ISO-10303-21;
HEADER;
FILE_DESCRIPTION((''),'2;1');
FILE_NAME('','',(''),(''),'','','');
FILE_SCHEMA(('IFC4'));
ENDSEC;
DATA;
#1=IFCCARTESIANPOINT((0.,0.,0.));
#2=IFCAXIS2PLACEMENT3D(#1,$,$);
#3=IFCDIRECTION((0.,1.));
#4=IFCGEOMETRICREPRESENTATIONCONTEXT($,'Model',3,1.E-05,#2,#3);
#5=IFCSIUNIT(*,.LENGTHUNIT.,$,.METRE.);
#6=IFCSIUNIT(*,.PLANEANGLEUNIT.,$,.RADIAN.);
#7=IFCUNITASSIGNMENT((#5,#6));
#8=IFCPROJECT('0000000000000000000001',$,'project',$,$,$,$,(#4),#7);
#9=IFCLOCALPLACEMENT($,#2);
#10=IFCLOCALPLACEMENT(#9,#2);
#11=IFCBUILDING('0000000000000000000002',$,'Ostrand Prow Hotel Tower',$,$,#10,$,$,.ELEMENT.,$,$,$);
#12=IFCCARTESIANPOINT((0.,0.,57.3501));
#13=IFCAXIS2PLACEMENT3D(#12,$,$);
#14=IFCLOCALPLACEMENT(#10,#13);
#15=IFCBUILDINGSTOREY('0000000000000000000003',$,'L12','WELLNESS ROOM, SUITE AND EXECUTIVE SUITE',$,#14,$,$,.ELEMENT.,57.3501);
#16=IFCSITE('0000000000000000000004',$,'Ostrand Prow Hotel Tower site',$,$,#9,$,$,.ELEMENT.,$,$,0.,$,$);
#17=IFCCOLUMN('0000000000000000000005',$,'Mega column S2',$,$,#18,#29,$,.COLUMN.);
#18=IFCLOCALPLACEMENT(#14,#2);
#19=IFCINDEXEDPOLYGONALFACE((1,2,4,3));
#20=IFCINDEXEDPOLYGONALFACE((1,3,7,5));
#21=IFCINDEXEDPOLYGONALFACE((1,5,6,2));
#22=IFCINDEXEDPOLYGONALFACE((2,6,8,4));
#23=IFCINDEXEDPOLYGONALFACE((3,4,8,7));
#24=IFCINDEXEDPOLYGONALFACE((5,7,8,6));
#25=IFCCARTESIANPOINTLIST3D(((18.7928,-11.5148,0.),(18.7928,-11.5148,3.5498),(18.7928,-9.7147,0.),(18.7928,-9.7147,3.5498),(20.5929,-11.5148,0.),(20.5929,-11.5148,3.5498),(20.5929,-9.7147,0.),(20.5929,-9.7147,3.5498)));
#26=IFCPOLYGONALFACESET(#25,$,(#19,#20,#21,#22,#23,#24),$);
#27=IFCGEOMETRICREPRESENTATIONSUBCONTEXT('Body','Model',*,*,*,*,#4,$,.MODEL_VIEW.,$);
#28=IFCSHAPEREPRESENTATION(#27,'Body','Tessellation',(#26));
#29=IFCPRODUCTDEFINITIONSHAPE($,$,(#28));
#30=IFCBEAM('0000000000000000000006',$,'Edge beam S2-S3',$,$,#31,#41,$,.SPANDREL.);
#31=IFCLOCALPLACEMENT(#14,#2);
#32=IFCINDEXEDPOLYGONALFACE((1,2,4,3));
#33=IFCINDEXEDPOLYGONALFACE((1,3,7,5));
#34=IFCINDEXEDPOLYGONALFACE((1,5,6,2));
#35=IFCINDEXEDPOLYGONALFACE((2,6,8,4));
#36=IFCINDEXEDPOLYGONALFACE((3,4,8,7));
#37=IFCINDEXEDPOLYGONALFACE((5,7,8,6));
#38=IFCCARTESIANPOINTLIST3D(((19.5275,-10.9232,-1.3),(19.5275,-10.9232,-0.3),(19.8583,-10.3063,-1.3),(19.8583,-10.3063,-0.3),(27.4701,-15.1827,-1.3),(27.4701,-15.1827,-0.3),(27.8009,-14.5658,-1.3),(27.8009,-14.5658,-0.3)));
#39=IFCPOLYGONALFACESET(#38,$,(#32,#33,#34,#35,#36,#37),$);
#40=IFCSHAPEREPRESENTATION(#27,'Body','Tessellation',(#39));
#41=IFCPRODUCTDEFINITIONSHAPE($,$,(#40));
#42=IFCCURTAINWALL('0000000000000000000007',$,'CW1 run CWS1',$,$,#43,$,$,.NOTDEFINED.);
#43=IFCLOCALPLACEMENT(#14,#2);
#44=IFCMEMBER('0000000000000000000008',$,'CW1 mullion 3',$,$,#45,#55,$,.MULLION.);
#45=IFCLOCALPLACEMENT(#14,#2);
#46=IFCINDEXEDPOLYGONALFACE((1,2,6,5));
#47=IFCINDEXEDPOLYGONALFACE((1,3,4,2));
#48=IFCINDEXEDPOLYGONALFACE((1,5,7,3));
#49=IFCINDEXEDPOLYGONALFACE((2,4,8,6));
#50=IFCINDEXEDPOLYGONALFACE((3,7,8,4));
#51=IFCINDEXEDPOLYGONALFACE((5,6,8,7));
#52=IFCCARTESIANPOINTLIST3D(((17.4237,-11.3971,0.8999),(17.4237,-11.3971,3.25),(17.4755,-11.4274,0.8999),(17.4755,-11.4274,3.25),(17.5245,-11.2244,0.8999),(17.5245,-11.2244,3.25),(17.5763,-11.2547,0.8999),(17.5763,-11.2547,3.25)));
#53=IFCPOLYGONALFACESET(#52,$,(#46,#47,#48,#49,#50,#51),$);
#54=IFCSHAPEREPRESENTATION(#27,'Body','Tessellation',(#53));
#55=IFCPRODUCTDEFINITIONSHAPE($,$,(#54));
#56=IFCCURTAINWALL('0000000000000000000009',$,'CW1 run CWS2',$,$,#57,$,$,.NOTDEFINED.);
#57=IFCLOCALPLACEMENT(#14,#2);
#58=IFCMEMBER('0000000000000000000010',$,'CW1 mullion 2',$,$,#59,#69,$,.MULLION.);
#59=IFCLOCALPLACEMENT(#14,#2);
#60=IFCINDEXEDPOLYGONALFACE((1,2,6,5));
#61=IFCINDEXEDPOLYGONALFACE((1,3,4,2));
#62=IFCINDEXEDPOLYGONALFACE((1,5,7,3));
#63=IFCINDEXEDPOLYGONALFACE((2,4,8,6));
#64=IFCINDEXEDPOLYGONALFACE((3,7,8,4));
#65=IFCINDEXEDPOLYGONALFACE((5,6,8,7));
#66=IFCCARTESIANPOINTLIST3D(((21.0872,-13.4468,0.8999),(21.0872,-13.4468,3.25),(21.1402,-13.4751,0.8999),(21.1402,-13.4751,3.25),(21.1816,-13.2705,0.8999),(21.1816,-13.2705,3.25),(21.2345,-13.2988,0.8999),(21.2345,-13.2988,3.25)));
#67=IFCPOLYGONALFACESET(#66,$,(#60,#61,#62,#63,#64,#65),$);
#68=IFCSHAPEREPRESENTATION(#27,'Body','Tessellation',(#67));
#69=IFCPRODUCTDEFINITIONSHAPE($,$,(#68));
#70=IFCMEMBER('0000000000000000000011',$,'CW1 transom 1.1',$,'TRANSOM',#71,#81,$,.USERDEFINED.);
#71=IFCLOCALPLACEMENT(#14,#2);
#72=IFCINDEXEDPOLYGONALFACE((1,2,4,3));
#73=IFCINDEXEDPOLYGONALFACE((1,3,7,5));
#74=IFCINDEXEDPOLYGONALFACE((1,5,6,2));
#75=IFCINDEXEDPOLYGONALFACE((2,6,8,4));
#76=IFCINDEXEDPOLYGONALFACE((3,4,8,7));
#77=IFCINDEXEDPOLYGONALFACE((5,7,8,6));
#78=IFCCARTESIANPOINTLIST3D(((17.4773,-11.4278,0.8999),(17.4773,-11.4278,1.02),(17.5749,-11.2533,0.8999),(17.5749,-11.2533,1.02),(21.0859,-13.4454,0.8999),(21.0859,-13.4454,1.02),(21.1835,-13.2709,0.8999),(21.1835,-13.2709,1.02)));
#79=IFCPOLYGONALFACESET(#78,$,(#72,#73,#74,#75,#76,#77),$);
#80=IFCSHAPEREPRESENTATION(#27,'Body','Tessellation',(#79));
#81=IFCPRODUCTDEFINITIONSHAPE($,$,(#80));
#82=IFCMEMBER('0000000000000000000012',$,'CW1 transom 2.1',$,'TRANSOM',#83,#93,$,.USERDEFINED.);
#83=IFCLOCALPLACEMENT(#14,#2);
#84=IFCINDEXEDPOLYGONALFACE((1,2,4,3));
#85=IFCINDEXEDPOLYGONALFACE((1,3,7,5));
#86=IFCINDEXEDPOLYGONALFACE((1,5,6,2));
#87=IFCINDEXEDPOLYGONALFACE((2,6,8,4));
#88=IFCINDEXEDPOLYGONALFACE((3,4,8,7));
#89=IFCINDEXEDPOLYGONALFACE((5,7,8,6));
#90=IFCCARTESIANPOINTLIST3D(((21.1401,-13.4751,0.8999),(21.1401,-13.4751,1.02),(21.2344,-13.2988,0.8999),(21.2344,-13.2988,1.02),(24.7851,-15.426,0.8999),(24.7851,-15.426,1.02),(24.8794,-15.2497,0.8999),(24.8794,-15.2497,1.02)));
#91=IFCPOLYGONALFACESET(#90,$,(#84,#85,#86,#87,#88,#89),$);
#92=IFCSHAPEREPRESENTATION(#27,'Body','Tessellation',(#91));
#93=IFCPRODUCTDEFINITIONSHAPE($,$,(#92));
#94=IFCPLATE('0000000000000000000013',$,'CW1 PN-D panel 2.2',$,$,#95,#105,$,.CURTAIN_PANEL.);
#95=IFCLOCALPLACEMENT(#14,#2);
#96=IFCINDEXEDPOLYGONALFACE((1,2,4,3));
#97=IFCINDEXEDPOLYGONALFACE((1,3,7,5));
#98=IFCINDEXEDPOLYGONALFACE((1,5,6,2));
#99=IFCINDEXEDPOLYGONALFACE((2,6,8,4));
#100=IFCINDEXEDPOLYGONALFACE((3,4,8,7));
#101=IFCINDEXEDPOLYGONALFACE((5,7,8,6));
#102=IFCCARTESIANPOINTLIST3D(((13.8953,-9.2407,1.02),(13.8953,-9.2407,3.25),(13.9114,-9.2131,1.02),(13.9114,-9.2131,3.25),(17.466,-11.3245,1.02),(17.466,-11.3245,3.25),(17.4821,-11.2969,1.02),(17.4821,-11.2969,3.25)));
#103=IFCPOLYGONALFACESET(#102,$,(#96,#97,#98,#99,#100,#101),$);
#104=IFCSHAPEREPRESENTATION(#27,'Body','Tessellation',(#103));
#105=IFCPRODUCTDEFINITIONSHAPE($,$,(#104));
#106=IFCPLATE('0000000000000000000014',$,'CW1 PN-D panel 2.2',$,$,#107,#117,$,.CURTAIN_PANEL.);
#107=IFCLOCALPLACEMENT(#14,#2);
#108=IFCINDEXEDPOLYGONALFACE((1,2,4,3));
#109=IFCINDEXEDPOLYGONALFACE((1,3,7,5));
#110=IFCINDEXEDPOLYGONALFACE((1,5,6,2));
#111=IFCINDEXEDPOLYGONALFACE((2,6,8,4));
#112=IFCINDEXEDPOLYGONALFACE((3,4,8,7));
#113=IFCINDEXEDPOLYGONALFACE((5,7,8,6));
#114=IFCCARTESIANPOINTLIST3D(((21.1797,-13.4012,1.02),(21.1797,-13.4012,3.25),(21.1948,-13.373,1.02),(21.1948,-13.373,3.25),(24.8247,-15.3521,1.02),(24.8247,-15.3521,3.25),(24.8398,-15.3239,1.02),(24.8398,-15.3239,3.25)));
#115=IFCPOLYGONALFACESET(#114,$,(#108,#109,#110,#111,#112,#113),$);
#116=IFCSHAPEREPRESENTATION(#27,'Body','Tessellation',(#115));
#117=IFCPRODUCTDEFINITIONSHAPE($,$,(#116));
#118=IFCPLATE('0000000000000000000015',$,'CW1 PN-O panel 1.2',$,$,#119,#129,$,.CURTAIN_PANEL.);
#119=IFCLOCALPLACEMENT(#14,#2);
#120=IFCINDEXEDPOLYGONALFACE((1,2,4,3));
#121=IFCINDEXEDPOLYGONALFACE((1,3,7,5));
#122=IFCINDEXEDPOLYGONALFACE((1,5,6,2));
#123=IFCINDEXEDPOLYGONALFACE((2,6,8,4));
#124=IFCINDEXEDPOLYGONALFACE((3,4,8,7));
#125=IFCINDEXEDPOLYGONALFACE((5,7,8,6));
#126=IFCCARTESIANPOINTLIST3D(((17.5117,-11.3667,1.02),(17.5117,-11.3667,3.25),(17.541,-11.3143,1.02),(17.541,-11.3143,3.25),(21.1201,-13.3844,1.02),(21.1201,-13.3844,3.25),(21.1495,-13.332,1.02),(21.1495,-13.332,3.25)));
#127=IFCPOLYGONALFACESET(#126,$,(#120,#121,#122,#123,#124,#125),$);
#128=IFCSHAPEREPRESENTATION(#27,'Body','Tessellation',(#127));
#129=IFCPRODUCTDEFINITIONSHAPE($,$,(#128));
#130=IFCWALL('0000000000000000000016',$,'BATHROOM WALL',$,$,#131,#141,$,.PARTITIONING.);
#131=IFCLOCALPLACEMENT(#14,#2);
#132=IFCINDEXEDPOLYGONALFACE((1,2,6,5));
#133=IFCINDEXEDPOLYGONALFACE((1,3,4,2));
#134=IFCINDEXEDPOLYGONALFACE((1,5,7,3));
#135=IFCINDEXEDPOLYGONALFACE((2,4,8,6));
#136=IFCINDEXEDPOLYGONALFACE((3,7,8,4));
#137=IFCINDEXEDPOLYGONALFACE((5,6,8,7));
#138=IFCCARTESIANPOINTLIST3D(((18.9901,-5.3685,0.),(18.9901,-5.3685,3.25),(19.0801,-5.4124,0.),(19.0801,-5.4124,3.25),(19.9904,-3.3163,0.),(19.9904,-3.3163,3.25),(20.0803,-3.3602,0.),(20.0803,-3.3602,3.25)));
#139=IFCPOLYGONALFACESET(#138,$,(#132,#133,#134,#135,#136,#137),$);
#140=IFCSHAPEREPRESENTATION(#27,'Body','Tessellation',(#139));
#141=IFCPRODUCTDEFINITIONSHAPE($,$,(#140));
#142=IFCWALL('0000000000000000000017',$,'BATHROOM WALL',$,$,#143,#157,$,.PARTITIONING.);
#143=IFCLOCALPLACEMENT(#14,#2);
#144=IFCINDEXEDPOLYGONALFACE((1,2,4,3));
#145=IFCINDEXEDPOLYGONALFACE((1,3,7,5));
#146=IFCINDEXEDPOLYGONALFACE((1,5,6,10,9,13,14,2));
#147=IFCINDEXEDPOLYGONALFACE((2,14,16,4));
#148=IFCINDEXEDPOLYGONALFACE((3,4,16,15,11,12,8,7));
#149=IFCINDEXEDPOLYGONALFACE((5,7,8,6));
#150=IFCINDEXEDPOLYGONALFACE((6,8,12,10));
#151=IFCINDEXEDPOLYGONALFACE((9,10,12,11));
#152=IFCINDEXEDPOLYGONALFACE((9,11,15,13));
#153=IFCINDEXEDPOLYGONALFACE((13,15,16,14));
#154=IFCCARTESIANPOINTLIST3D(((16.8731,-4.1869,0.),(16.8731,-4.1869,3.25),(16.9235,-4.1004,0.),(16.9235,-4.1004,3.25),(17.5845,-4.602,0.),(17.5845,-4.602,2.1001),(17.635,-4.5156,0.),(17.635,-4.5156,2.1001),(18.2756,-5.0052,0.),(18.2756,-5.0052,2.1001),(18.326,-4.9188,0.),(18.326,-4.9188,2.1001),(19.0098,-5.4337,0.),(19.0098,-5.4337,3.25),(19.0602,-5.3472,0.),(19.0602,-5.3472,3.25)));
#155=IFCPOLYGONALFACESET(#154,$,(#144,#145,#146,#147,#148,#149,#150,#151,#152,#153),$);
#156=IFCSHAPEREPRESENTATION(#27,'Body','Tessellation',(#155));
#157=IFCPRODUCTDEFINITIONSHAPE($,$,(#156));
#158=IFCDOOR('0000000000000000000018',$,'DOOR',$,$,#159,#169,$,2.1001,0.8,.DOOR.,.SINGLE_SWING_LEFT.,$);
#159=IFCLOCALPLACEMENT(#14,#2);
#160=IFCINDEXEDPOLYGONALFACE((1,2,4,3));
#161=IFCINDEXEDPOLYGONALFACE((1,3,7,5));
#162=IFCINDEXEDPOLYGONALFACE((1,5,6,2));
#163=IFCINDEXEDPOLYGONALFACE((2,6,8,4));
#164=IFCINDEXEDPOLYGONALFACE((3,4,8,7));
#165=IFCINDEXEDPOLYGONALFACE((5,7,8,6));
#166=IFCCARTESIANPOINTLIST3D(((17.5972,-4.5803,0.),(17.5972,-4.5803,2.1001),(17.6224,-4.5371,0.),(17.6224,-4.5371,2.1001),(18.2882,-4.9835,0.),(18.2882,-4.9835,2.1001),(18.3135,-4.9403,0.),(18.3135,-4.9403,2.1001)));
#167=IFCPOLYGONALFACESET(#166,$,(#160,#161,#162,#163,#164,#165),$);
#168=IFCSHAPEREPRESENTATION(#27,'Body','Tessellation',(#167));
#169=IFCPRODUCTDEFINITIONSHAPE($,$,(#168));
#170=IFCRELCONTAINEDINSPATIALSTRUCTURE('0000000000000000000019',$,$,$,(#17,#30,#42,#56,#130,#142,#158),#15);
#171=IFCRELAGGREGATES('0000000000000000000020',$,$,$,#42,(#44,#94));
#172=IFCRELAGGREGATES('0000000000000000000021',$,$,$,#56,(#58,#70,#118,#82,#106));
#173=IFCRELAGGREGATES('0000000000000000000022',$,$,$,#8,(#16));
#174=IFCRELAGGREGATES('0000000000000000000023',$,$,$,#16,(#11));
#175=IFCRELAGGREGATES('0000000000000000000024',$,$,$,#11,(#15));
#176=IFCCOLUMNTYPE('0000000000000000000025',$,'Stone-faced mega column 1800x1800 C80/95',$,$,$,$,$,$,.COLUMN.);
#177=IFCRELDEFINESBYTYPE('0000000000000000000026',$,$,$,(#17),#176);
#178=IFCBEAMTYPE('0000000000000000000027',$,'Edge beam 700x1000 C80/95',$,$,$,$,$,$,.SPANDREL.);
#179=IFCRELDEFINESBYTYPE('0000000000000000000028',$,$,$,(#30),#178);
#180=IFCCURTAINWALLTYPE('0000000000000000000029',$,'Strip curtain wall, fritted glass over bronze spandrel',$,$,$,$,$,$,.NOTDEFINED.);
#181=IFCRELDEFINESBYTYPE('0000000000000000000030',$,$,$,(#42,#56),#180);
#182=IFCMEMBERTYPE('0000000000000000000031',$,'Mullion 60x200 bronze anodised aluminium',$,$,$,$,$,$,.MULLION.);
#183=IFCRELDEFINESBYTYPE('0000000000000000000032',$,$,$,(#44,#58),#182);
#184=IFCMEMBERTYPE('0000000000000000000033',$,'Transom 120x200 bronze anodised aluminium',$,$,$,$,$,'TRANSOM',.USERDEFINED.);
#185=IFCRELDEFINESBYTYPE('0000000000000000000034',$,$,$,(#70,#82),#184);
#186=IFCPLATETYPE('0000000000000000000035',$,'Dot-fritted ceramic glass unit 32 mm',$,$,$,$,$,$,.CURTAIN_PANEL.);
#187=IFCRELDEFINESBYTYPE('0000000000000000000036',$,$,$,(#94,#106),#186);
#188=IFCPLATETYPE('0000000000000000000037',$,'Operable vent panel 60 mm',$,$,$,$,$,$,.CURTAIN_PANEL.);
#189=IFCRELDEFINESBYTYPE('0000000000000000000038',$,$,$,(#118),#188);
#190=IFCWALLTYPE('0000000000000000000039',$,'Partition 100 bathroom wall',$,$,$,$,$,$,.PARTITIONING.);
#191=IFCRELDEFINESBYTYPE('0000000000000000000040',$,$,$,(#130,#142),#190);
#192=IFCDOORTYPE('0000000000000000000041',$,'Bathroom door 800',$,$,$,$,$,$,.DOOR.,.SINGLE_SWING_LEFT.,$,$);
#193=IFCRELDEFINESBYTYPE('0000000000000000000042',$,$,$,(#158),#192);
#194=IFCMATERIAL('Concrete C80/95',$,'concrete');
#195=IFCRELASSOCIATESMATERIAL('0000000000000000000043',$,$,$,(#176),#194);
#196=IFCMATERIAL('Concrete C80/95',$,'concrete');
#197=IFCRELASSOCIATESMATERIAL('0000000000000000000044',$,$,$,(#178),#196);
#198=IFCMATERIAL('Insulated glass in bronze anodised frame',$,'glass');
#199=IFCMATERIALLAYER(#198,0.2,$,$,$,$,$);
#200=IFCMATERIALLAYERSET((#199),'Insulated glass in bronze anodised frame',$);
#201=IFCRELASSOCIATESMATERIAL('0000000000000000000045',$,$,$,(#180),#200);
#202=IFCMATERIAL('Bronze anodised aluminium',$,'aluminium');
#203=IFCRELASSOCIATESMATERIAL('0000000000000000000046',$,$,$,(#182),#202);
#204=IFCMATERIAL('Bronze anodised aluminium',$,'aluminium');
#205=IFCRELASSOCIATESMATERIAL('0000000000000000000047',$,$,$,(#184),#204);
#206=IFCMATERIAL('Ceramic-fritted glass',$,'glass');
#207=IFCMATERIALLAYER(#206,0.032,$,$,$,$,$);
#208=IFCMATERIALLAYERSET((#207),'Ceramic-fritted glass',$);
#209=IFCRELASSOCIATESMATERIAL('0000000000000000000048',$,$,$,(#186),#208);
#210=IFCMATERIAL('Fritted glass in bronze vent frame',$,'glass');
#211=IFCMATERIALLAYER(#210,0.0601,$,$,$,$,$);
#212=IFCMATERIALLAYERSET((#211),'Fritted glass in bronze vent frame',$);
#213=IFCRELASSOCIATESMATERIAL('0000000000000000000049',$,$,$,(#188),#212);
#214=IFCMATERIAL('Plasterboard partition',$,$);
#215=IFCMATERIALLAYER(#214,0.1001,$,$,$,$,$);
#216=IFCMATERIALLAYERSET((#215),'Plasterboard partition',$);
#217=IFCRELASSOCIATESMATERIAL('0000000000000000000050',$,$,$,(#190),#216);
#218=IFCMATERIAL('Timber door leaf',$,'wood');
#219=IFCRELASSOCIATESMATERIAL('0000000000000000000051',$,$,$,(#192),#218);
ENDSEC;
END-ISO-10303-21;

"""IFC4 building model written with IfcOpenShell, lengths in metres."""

from ifc_helpers import new_model, si_unit, direction, frame, frame_2d, origin, origin_2d, place, context, subcontext, project, spatial, rectangle, extrude, material, layer, layer_set, material_profile, profile_set, type_object, element, fill, aggregate, save


model = new_model("IFC4")

# Units and contexts
model_context = context("Model", 3, precision=1e-05, world=origin(), true_north=direction((0.0, 1.0)))
body_context = subcontext(model_context, "Body", "Model", "MODEL_VIEW")
ifc_project = project(units=[si_unit("LENGTHUNIT", "METRE"), si_unit("PLANEANGLEUNIT", "RADIAN")], contexts=[model_context])

# Site, building, storey
site_placement = place(None, origin())
site = spatial("IfcSite", under=ifc_project, at=site_placement, Name="Ostrand Prow Hotel Tower site", CompositionType="ELEMENT", RefElevation=0.0)
building_placement = place(site_placement, origin())
building = spatial("IfcBuilding", under=site, at=building_placement, Name="Ostrand Prow Hotel Tower", CompositionType="ELEMENT")
storey_placement = place(building_placement, frame((0.0, 0.0, 57.3501)))
storey = spatial("IfcBuildingStorey", under=building, at=storey_placement, Name="L12", Description="WELLNESS ROOM, SUITE AND EXECUTIVE SUITE", CompositionType="ELEMENT", Elevation=57.3501)

# Column
ifc_material_1 = material(Name="Concrete C80/95", Category="concrete")
ifc_material_profile_1 = material_profile(ifc_material_1, rectangle(XDim=1.8, YDim=1.8, at=origin_2d()), Name="RC 1800x1800")
ifc_profile_set_1 = profile_set([ifc_material_profile_1], Name="Concrete C80/95")
column_type = type_object("IfcColumnType", Name="Stone-faced mega column 1800x1800 C80/95", PredefinedType="COLUMN", material=ifc_profile_set_1)
column_placement = place(storey_placement, frame((19.6929, -10.6147, 0.0), z_axis=(0.0, 0.0, 1.0), x_axis=(1.0, 0.0, 0.0)))
element("IfcColumn", 1, at=column_placement, inside=storey, type_object=column_type, Name="Mega column S2", PredefinedType="COLUMN", context=body_context, shape_type="SweptSolid", body=[
    extrude(rectangle(XDim=1.8, YDim=1.8, at=origin_2d()), origin(), (0.0, 0.0, 1.0), 3.5498),
])

# Beam
ifc_material_2 = material(Name="Concrete C80/95", Category="concrete")
ifc_material_profile_2 = material_profile(ifc_material_2, rectangle(XDim=0.7, YDim=1.0, at=origin_2d()), Name="RC 700x1000")
ifc_profile_set_2 = profile_set([ifc_material_profile_2], Name="Concrete C80/95")
beam_type = type_object("IfcBeamType", Name="Edge beam 700x1000 C80/95", PredefinedType="SPANDREL", material=ifc_profile_set_2)
beam_placement = place(storey_placement, frame((19.6929, -10.6147, -0.8), z_axis=(0.88127, -0.472613, 0.0), x_axis=(0.472613, 0.88127, 0.0)))
element("IfcBeam", 2, at=beam_placement, inside=storey, type_object=beam_type, Name="Edge beam S2-S3", PredefinedType="SPANDREL", context=body_context, shape_type="SweptSolid", body=[
    extrude(rectangle(XDim=0.7, YDim=1.0, at=origin_2d()), origin(), (0.0, 0.0, 1.0), 9.0127),
])

# Curtain wall, member
ifc_material_3 = material(Name="Insulated glass in bronze anodised frame", Category="glass")
ifc_layer_1 = layer(ifc_material_3, 0.2)
ifc_layer_set_1 = layer_set([ifc_layer_1], Name="Insulated glass in bronze anodised frame")
curtain_wall_type = type_object("IfcCurtainWallType", Name="Strip curtain wall, fritted glass over bronze spandrel", PredefinedType="NOTDEFINED", material=ifc_layer_set_1)
curtain_wall_1_placement = place(storey_placement, origin())
curtain_wall_1 = element("IfcCurtainWall", 3, at=curtain_wall_1_placement, inside=storey, type_object=curtain_wall_type, Name="CW1 run CWS1", PredefinedType="NOTDEFINED")
ifc_material_4 = material(Name="Bronze anodised aluminium", Category="aluminium")
ifc_material_profile_3 = material_profile(ifc_material_4, rectangle(XDim=0.2, YDim=0.0601, at=origin_2d()), Name="Mullion 60x200 bronze anodised aluminium")
ifc_profile_set_3 = profile_set([ifc_material_profile_3], Name="Bronze anodised aluminium")
member_type_1 = type_object("IfcMemberType", Name="Mullion 60x200 bronze anodised aluminium", PredefinedType="MULLION", material=ifc_profile_set_3)
member_1_placement = place(storey_placement, frame((17.5, -11.3259, 0.8999), z_axis=(0.0, 0.0, 1.0), x_axis=(0.504023, 0.86369, 0.0)))
member_1 = element("IfcMember", 4, at=member_1_placement, type_object=member_type_1, Name="CW1 mullion 3", PredefinedType="MULLION", context=body_context, shape_type="SweptSolid", body=[
    extrude(rectangle(XDim=0.2, YDim=0.0601, at=origin_2d()), origin(), (0.0, 0.0, 1.0), 2.3501),
])

# Curtain wall, members
curtain_wall_2_placement = place(storey_placement, origin())
curtain_wall_2 = element("IfcCurtainWall", 5, at=curtain_wall_2_placement, inside=storey, type_object=curtain_wall_type, Name="CW1 run CWS2", PredefinedType="NOTDEFINED")
member_2_placement = place(storey_placement, frame((21.1609, -13.3728, 0.8999), z_axis=(0.0, 0.0, 1.0), x_axis=(0.4719, 0.881652, 0.0)))
member_2 = element("IfcMember", 6, at=member_2_placement, type_object=member_type_1, Name="CW1 mullion 2", PredefinedType="MULLION", context=body_context, shape_type="SweptSolid", body=[
    extrude(rectangle(XDim=0.2, YDim=0.0601, at=origin_2d()), origin(), (0.0, 0.0, 1.0), 2.3501),
])
ifc_material_5 = material(Name="Bronze anodised aluminium", Category="aluminium")
ifc_material_profile_4 = material_profile(ifc_material_5, rectangle(XDim=0.2, YDim=0.1201, at=origin_2d()), Name="Transom 120x200 bronze anodised aluminium")
ifc_profile_set_4 = profile_set([ifc_material_profile_4], Name="Bronze anodised aluminium")
member_type_2 = type_object("IfcMemberType", Name="Transom 120x200 bronze anodised aluminium", ElementType="TRANSOM", PredefinedType="USERDEFINED", material=ifc_profile_set_4)
member_3_placement = place(storey_placement, frame((17.5261, -11.3406, 0.96), z_axis=(0.872842, -0.488003, 0.0), x_axis=(0.488003, 0.872842, 0.0)))
member_3 = element("IfcMember", 7, at=member_3_placement, type_object=member_type_2, Name="CW1 transom 1.1", ObjectType="TRANSOM", PredefinedType="USERDEFINED", context=body_context, shape_type="SweptSolid", body=[
    extrude(rectangle(XDim=0.2, YDim=0.1201, at=origin_2d()), origin(), (0.0, 0.0, 1.0), 4.1343),
])
member_4_placement = place(storey_placement, frame((21.1873, -13.387, 0.96), z_axis=(0.881657, -0.47189, 0.0), x_axis=(0.47189, 0.881657, 0.0)))
member_4 = element("IfcMember", 8, at=member_4_placement, type_object=member_type_2, Name="CW1 transom 2.1", ObjectType="TRANSOM", PredefinedType="USERDEFINED", context=body_context, shape_type="SweptSolid", body=[
    extrude(rectangle(XDim=0.2, YDim=0.1201, at=origin_2d()), origin(), (0.0, 0.0, 1.0), 4.1343),
])

# Plates
ifc_material_6 = material(Name="Ceramic-fritted glass", Category="glass")
ifc_layer_2 = layer(ifc_material_6, 0.032)
ifc_layer_set_2 = layer_set([ifc_layer_2], Name="Ceramic-fritted glass")
plate_type_1 = type_object("IfcPlateType", Name="Dot-fritted ceramic glass unit 32 mm", PredefinedType="CURTAIN_PANEL", material=ifc_layer_set_2)
plate_1_placement = place(storey_placement, frame((15.6887, -10.2688, 1.02), z_axis=(0.0, 0.0, 1.0), x_axis=(0.86369, -0.504023, 0.0)))
plate_1 = element("IfcPlate", 9, at=plate_1_placement, type_object=plate_type_1, Name="CW1 PN-D panel 2.2", PredefinedType="CURTAIN_PANEL", context=body_context, shape_type="SweptSolid", body=[
    extrude(rectangle(XDim=4.1343, YDim=0.032, at=origin_2d()), origin(), (0.0, 0.0, 1.0), 2.23),
])
aggregate(curtain_wall_1, [member_1, plate_1])
plate_2_placement = place(storey_placement, frame((23.0098, -14.3625, 1.02), z_axis=(0.0, 0.0, 1.0), x_axis=(0.881652, -0.4719, 0.0)))
plate_2 = element("IfcPlate", 10, at=plate_2_placement, type_object=plate_type_1, Name="CW1 PN-D panel 2.2", PredefinedType="CURTAIN_PANEL", context=body_context, shape_type="SweptSolid", body=[
    extrude(rectangle(XDim=4.1343, YDim=0.032, at=origin_2d()), origin(), (0.0, 0.0, 1.0), 2.23),
])
ifc_material_7 = material(Name="Fritted glass in bronze vent frame", Category="glass")
ifc_layer_3 = layer(ifc_material_7, 0.0601)
ifc_layer_set_3 = layer_set([ifc_layer_3], Name="Fritted glass in bronze vent frame")
plate_type_2 = type_object("IfcPlateType", Name="Operable vent panel 60 mm", PredefinedType="CURTAIN_PANEL", material=ifc_layer_set_3)
plate_3_placement = place(storey_placement, frame((19.3306, -12.3494, 1.02), z_axis=(0.0, 0.0, 1.0), x_axis=(0.872819, -0.488044, 0.0)))
plate_3 = element("IfcPlate", 11, at=plate_3_placement, type_object=plate_type_2, Name="CW1 PN-O panel 1.2", PredefinedType="CURTAIN_PANEL", context=body_context, shape_type="SweptSolid", body=[
    extrude(rectangle(XDim=4.1343, YDim=0.0601, at=origin_2d()), origin(), (0.0, 0.0, 1.0), 2.23),
])
aggregate(curtain_wall_2, [member_2, member_3, plate_3, member_4, plate_2])

# Wall
ifc_material_8 = material(Name="Plasterboard partition")
ifc_layer_4 = layer(ifc_material_8, 0.1001)
ifc_layer_set_4 = layer_set([ifc_layer_4], Name="Plasterboard partition")
wall_type_1 = type_object("IfcWallType", Name="Partition 100 bathroom wall", PredefinedType="PARTITIONING", material=ifc_layer_set_4)
wall_1_placement = place(storey_placement, frame((20.0354, -3.3381, 0.0), z_axis=(0.0, 0.0, 1.0), x_axis=(-0.438122, -0.898915, 0.0)))
element("IfcWall", 12, at=wall_1_placement, inside=storey, type_object=wall_type_1, Name="BATHROOM WALL", PredefinedType="PARTITIONING", context=body_context, shape_type="SweptSolid", body=[
    extrude(rectangle(XDim=2.283, YDim=0.1001, at=frame_2d((1.1416, 0.0))), origin(), (0.0, 0.0, 1.0), 3.25),
])

# Wall, opening, door
wall_2_placement = place(storey_placement, frame((19.0349, -5.3904, 0.0), z_axis=(0.0, 0.0, 1.0), x_axis=(-0.863707, 0.503994, 0.0)))
wall_2 = element("IfcWall", 13, at=wall_2_placement, inside=storey, type_object=wall_type_1, Name="BATHROOM WALL", PredefinedType="PARTITIONING", context=body_context, shape_type="SweptSolid", body=[
    extrude(rectangle(XDim=2.4739, YDim=0.1001, at=frame_2d((1.2368, 0.0))), origin(), (0.0, 0.0, 1.0), 3.25),
])
opening_1_placement = place(wall_2_placement, frame((0.8501, 0.0, 0.0)))
opening_1 = element("IfcOpeningElement", 14, at=opening_1_placement, cuts=wall_2, PredefinedType="OPENING", context=body_context, shape_type="SweptSolid", body=[
    extrude(rectangle(XDim=0.8, YDim=2.1001, at=frame_2d((0.3999, 1.05))), frame((0.0, 0.0601, 0.0), z_axis=(0.0, -1.0, 0.0), x_axis=(1.0, 0.0, 0.0)), (0.0, 0.0, 1.0), 0.1201),
])
ifc_material_9 = material(Name="Timber door leaf", Category="wood")
door_type_1 = type_object("IfcDoorType", Name="Bathroom door 800", OperationType="SINGLE_SWING_LEFT", PredefinedType="DOOR", material=ifc_material_9)
door_1_placement = place(opening_1_placement, origin())
door_1 = element("IfcDoor", 15, at=door_1_placement, inside=storey, type_object=door_type_1, Name="DOOR", OperationType="SINGLE_SWING_LEFT", OverallHeight=2.1001, OverallWidth=0.8, PredefinedType="DOOR", context=body_context, shape_type="SweptSolid", body=[
    extrude(rectangle(XDim=0.8, YDim=2.1001, at=frame_2d((0.3999, 1.05))), frame((0.0, 0.0249, 0.0), z_axis=(0.0, -1.0, 0.0), x_axis=(1.0, 0.0, 0.0)), (0.0, 0.0, 1.0), 0.05),
])
fill(opening_1, door_1)

save(model, "model.ifc")
